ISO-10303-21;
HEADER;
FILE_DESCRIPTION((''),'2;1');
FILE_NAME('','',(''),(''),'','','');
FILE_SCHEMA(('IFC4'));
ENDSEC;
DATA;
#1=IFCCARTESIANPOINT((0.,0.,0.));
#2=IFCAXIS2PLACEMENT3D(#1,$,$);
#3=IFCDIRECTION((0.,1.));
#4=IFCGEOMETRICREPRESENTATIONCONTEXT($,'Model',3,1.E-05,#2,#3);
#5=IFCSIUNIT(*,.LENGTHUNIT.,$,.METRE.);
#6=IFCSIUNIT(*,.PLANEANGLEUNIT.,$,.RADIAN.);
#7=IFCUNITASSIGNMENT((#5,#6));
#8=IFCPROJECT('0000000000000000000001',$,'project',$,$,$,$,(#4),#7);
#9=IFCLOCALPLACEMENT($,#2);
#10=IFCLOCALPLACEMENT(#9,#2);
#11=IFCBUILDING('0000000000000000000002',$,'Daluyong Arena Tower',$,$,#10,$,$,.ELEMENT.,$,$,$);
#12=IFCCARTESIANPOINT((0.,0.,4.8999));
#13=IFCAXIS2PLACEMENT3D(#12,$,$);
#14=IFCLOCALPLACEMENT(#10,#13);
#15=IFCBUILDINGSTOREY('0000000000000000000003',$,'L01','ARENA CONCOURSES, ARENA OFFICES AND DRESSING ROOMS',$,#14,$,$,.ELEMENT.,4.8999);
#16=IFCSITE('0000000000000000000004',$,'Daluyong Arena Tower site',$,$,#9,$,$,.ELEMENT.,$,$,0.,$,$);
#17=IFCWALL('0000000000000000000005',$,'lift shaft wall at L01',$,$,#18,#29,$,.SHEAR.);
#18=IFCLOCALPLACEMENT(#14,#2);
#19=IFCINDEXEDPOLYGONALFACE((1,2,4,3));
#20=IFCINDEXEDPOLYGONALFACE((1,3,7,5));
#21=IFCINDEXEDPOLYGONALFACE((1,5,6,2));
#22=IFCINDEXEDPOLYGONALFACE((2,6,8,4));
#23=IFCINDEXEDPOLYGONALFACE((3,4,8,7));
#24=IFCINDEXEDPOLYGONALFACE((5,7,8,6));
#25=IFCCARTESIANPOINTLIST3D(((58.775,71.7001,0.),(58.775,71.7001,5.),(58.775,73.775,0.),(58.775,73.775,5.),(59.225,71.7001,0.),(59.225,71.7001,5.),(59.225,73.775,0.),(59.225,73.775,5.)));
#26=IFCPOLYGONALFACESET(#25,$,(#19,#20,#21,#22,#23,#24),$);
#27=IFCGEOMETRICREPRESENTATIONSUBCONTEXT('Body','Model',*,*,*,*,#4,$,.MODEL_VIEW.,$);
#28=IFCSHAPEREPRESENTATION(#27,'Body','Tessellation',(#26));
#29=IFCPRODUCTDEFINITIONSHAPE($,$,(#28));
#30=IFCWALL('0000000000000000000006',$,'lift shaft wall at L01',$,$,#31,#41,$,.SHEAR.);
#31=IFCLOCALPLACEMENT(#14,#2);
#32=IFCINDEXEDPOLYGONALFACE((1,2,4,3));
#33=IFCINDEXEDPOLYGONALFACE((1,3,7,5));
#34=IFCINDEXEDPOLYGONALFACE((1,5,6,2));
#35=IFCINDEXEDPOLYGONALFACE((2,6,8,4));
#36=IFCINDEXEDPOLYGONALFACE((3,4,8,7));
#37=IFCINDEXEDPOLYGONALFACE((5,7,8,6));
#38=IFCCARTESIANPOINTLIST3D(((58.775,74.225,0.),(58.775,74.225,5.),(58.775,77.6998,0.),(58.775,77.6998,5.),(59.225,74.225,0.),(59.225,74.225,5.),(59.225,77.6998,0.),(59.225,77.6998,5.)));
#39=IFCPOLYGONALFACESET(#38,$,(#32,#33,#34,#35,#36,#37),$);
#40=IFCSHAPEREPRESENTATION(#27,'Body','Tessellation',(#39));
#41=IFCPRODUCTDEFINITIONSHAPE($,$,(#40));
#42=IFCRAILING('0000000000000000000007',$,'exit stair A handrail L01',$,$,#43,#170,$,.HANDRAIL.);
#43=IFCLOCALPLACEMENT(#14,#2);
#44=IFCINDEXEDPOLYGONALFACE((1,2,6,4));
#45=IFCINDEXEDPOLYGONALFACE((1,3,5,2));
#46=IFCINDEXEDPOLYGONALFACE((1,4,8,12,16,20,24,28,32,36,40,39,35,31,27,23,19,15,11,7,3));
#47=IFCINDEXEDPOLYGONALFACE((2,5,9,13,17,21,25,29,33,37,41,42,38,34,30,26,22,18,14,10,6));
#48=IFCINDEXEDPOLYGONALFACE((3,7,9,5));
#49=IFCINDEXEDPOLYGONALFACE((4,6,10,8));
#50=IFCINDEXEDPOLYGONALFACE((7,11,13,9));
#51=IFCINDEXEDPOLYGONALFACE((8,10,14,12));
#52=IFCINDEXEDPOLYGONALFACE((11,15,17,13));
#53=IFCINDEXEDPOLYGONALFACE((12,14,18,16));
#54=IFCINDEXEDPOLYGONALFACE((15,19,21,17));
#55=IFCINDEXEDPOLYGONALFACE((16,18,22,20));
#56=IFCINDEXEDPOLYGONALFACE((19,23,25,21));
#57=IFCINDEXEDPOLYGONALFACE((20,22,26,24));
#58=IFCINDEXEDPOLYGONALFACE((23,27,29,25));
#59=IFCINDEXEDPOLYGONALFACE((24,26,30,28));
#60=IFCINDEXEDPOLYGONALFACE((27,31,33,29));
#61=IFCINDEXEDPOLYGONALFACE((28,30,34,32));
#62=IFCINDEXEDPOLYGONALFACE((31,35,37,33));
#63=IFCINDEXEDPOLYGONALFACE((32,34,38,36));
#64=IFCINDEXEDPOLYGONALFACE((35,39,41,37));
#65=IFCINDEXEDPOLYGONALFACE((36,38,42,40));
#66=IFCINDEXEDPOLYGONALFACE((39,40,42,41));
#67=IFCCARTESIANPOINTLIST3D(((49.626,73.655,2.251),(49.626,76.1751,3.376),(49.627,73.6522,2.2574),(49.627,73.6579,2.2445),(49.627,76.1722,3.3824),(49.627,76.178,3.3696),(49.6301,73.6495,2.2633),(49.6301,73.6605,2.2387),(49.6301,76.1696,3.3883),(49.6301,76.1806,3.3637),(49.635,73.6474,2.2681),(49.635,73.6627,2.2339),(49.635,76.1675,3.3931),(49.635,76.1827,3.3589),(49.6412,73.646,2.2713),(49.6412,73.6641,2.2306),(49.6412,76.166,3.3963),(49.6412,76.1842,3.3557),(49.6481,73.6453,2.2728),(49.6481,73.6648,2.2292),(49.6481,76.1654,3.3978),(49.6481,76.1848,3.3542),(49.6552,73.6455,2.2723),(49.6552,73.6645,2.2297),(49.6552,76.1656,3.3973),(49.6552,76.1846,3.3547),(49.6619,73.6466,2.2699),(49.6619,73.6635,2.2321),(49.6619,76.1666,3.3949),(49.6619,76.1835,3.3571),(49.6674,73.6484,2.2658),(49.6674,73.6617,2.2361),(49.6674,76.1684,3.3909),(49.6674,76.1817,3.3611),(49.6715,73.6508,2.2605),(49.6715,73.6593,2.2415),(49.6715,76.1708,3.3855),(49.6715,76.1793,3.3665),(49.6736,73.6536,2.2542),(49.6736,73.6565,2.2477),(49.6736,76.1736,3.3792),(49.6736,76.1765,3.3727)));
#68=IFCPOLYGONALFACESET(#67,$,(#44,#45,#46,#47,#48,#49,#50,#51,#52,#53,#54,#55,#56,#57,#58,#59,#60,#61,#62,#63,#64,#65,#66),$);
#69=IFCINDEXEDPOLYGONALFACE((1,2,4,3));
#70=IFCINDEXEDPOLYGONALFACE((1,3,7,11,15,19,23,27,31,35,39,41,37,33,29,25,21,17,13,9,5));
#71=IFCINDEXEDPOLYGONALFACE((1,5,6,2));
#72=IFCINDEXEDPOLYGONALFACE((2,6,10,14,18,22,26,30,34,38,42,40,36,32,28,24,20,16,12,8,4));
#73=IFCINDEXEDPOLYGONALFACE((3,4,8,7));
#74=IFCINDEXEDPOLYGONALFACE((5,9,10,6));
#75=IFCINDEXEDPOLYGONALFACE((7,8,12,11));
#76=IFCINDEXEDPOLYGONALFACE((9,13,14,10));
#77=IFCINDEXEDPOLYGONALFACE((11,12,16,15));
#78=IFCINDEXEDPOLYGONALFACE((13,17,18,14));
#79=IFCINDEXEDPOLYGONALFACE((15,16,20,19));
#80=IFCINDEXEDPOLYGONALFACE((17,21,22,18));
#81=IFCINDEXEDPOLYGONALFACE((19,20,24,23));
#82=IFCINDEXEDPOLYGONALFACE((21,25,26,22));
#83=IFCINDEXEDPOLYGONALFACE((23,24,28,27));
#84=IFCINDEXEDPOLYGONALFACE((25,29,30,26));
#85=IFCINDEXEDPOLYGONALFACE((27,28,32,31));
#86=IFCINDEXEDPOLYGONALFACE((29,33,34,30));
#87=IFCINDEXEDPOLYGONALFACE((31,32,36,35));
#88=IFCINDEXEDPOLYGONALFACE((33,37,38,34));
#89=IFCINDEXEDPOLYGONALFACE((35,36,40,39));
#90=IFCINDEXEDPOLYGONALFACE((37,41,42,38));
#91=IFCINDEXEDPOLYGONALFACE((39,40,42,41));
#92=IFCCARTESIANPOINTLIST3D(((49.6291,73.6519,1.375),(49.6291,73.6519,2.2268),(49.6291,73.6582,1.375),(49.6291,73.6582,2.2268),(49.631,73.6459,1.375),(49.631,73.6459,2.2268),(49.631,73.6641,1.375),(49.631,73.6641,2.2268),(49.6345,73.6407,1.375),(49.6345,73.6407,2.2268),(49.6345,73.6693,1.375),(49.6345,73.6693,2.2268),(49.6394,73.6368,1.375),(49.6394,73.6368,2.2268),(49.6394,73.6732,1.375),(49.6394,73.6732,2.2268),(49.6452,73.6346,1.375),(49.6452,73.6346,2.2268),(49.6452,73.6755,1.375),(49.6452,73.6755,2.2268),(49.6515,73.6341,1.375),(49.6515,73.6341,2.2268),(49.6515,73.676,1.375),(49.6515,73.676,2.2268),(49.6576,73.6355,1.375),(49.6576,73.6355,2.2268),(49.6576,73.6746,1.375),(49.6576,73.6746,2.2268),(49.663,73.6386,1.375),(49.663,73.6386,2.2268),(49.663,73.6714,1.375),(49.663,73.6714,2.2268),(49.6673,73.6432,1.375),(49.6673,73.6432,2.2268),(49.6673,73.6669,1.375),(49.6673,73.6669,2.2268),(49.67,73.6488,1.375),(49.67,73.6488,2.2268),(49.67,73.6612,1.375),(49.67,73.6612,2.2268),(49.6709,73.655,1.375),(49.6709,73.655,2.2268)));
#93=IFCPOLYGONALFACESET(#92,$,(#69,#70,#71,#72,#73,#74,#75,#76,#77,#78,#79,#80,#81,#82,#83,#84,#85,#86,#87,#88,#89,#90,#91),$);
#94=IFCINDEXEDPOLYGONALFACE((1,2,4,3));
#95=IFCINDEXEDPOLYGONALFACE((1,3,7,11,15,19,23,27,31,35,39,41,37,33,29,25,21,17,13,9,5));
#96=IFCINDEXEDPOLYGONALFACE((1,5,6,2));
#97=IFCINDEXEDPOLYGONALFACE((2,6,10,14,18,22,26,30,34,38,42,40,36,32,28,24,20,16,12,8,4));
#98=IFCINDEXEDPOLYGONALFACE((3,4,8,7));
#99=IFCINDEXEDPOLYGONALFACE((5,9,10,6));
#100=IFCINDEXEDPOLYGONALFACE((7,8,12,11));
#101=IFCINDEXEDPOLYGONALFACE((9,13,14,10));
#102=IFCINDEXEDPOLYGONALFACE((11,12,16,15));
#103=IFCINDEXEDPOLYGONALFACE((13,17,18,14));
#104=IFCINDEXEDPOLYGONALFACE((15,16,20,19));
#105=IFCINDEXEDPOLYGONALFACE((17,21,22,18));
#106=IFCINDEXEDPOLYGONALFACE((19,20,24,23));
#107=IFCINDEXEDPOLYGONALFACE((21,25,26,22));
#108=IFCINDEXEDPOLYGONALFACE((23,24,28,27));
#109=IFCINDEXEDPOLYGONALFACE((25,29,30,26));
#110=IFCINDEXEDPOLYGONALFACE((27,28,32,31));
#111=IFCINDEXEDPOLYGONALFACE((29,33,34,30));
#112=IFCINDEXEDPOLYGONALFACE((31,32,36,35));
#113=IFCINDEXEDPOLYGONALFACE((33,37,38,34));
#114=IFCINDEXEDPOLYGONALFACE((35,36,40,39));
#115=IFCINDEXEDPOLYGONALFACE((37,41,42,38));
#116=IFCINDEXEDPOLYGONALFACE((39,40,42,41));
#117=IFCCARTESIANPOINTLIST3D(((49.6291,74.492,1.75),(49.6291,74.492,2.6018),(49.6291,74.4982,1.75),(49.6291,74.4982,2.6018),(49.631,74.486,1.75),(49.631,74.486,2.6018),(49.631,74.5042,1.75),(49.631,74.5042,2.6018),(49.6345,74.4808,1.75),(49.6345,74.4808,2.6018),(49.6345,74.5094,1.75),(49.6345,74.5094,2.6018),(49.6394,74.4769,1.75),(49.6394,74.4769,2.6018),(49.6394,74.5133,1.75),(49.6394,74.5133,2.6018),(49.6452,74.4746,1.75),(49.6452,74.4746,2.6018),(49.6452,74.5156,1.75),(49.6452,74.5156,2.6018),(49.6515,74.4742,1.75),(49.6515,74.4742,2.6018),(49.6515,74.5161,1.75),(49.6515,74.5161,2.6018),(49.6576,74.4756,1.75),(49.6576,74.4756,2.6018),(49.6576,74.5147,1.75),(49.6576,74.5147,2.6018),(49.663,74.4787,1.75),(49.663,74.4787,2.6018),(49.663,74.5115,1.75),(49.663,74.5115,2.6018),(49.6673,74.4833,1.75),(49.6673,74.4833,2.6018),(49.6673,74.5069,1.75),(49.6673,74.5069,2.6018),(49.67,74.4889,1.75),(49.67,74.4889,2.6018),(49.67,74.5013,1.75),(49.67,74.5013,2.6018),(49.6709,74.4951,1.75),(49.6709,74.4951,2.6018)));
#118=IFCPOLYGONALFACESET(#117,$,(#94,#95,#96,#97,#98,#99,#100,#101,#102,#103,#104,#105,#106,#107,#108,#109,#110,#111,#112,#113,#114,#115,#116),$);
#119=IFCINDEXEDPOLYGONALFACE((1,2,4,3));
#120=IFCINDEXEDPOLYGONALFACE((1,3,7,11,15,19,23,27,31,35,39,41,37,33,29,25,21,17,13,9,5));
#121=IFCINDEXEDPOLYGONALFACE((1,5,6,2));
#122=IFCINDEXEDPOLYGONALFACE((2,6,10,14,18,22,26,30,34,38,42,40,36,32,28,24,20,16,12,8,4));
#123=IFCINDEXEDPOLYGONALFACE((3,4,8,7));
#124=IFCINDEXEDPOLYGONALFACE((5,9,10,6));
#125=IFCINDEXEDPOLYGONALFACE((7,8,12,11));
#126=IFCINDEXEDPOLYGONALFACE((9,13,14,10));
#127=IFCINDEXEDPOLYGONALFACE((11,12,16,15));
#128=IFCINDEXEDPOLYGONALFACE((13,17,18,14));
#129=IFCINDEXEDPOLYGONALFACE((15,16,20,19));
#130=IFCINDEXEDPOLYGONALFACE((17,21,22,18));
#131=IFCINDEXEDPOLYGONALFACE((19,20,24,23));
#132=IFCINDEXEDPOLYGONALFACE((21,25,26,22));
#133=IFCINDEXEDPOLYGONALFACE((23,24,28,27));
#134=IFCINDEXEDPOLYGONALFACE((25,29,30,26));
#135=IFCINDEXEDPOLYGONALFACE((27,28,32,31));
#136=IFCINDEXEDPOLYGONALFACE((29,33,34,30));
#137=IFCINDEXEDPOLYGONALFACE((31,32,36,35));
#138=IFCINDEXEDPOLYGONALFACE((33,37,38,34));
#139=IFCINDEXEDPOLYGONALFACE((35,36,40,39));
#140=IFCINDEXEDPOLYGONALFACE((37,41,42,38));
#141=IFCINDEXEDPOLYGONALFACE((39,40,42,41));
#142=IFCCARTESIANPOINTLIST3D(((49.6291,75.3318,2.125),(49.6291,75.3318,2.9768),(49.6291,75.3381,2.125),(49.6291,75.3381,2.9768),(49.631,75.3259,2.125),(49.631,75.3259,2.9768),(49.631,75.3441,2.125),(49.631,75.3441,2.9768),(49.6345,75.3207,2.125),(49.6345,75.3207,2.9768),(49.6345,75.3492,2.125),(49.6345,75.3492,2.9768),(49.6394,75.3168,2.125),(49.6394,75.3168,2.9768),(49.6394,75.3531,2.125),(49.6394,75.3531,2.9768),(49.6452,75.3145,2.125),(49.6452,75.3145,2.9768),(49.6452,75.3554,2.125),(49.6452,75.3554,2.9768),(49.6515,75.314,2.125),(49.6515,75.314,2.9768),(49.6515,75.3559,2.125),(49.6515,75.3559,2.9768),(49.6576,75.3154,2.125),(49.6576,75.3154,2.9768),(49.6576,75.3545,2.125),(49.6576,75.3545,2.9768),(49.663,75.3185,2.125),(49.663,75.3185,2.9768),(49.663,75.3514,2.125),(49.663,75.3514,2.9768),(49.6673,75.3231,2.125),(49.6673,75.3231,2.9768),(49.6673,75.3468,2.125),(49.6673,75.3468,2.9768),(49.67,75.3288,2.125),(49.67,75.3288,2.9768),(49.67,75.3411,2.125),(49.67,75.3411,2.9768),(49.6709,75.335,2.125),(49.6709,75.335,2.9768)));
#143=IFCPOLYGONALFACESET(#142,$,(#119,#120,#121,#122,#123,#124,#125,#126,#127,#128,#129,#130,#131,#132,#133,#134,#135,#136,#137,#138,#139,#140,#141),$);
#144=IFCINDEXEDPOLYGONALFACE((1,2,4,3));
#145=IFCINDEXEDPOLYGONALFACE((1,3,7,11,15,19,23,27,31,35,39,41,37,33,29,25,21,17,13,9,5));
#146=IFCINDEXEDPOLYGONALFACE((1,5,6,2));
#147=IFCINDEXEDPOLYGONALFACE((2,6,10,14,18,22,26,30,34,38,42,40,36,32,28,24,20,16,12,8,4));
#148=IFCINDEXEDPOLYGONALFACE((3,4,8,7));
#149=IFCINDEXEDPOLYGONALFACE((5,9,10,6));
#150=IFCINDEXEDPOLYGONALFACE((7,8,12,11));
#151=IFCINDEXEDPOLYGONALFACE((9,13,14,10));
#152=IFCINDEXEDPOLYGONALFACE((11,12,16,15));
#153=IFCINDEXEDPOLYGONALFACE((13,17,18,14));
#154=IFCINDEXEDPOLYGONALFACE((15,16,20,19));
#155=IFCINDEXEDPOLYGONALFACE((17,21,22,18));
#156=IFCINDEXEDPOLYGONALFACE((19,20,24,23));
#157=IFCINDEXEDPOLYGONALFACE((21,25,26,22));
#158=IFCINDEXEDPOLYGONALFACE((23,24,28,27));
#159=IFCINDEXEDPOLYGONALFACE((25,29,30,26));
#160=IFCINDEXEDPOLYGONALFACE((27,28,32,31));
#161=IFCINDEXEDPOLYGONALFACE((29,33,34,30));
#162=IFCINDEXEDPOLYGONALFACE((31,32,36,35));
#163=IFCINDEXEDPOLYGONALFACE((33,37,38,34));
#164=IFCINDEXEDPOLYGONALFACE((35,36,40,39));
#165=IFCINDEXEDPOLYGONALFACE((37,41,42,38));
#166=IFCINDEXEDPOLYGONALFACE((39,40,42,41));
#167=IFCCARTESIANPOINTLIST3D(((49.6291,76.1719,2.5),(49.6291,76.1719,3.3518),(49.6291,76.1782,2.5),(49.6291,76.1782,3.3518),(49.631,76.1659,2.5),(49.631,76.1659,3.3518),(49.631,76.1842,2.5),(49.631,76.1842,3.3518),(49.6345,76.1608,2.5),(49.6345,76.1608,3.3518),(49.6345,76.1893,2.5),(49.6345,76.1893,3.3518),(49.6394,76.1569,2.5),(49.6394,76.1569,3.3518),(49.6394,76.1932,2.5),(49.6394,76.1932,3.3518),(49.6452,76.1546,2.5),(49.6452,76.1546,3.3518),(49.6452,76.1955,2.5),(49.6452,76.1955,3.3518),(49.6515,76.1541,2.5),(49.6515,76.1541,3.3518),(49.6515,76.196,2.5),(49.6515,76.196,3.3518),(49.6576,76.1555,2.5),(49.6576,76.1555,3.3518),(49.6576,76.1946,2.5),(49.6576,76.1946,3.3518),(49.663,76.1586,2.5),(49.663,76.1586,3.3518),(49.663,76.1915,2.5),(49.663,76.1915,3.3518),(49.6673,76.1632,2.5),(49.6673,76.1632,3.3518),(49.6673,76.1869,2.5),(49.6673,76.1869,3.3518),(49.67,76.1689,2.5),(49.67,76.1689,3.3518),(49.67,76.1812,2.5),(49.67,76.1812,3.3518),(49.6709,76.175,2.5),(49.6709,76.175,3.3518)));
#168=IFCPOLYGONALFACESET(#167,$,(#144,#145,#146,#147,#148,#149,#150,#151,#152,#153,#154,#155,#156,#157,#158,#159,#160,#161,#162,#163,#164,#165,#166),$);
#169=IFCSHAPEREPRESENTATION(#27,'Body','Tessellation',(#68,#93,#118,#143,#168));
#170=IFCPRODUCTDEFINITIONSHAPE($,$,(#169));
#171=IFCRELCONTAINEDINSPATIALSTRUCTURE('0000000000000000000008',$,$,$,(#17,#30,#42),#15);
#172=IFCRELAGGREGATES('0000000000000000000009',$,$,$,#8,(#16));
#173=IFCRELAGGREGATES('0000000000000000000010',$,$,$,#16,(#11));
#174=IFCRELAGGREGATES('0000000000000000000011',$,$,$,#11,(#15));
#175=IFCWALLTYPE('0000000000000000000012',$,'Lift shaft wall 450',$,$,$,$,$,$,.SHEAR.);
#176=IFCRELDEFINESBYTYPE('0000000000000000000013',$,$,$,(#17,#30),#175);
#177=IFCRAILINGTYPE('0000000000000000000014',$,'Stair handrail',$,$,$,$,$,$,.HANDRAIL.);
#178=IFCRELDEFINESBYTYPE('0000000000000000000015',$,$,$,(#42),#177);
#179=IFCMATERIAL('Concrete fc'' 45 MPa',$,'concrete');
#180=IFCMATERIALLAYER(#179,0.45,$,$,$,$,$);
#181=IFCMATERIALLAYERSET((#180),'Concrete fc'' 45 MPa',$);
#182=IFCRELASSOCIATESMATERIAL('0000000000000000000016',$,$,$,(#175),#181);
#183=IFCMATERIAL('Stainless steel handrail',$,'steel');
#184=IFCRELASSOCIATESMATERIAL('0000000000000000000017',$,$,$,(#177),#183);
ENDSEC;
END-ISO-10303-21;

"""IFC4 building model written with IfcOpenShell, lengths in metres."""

from ifc_helpers import new_model, si_unit, direction, frame, frame_2d, origin, origin_2d, place, context, subcontext, project, spatial, rectangle, circle, extrude, material, layer, layer_set, type_object, element, save


model = new_model("IFC4")

# Units and contexts
model_context = context("Model", 3, precision=1e-05, world=origin(), true_north=direction((0.0, 1.0)))
body_context = subcontext(model_context, "Body", "Model", "MODEL_VIEW")
ifc_project = project(units=[si_unit("LENGTHUNIT", "METRE"), si_unit("PLANEANGLEUNIT", "RADIAN")], contexts=[model_context])

# Site, building, storey
site_placement = place(None, origin())
site = spatial("IfcSite", under=ifc_project, at=site_placement, Name="Daluyong Arena Tower site", CompositionType="ELEMENT", RefElevation=0.0)
building_placement = place(site_placement, origin())
building = spatial("IfcBuilding", under=site, at=building_placement, Name="Daluyong Arena Tower", CompositionType="ELEMENT")
storey_placement = place(building_placement, frame((0.0, 0.0, 4.8999)))
storey = spatial("IfcBuildingStorey", under=building, at=storey_placement, Name="L01", Description="ARENA CONCOURSES, ARENA OFFICES AND DRESSING ROOMS", CompositionType="ELEMENT", Elevation=4.8999)

# Walls
ifc_material_1 = material(Name="Concrete fc' 45 MPa", Category="concrete")
ifc_layer_1 = layer(ifc_material_1, 0.45)
ifc_layer_set_1 = layer_set([ifc_layer_1], Name="Concrete fc' 45 MPa")
wall_type_1 = type_object("IfcWallType", Name="Lift shaft wall 450", PredefinedType="SHEAR", material=ifc_layer_set_1)
wall_1_placement = place(storey_placement, frame((59.0, 71.7, 0.0), z_axis=(0.0, 0.0, 1.0), x_axis=(0.0, 1.0, 0.0)))
element("IfcWall", 1, at=wall_1_placement, inside=storey, type_object=wall_type_1, Name="lift shaft wall at L01", PredefinedType="SHEAR", context=body_context, shape_type="SweptSolid", body=[
    extrude(rectangle(XDim=2.075, YDim=0.45, at=frame_2d((1.0376, 0.0))), origin(), (0.0, 0.0, 1.0), 5.0),
])
wall_2_placement = place(storey_placement, frame((59.0, 74.2251, 0.0), z_axis=(0.0, 0.0, 1.0), x_axis=(0.0, 1.0, 0.0)))
element("IfcWall", 2, at=wall_2_placement, inside=storey, type_object=wall_type_1, Name="lift shaft wall at L01", PredefinedType="SHEAR", context=body_context, shape_type="SweptSolid", body=[
    extrude(rectangle(XDim=3.4749, YDim=0.45, at=frame_2d((1.7373, 0.0))), origin(), (0.0, 0.0, 1.0), 5.0),
])

# Railing
ifc_material_2 = material(Name="Stainless steel handrail", Category="steel")
railing_type = type_object("IfcRailingType", Name="Stair handrail", PredefinedType="HANDRAIL", material=ifc_material_2)
for number, where, name in (
    (3, (49.6499, 73.655, 1.375), "exit stair A handrail L01"),
):
    element("IfcRailing", number, at=place(storey_placement, frame(where)), inside=storey, type_object=railing_type, Name=name, PredefinedType="HANDRAIL", context=body_context, shape_type="SweptSolid", body=[
        extrude(circle(Radius=0.0239, at=origin_2d()), frame((0.0, 0.0, 0.876), z_axis=(0.0, 0.913139, 0.407648), x_axis=(-1.0, 0.0, 0.0)), (0.0, 0.0, 1.0), 2.7598),
        extrude(circle(Radius=0.021, at=origin_2d()), origin(), (0.0, 0.0, 1.0), 0.8518),
        extrude(circle(Radius=0.021, at=origin_2d()), frame((0.0, 0.8401, 0.375)), (0.0, 0.0, 1.0), 0.8518),
        extrude(circle(Radius=0.021, at=origin_2d()), frame((0.0, 1.6799, 0.75)), (0.0, 0.0, 1.0), 0.8518),
        extrude(circle(Radius=0.021, at=origin_2d()), frame((0.0, 2.52, 1.125)), (0.0, 0.0, 1.0), 0.8518),
    ])

save(model, "model.ifc")
